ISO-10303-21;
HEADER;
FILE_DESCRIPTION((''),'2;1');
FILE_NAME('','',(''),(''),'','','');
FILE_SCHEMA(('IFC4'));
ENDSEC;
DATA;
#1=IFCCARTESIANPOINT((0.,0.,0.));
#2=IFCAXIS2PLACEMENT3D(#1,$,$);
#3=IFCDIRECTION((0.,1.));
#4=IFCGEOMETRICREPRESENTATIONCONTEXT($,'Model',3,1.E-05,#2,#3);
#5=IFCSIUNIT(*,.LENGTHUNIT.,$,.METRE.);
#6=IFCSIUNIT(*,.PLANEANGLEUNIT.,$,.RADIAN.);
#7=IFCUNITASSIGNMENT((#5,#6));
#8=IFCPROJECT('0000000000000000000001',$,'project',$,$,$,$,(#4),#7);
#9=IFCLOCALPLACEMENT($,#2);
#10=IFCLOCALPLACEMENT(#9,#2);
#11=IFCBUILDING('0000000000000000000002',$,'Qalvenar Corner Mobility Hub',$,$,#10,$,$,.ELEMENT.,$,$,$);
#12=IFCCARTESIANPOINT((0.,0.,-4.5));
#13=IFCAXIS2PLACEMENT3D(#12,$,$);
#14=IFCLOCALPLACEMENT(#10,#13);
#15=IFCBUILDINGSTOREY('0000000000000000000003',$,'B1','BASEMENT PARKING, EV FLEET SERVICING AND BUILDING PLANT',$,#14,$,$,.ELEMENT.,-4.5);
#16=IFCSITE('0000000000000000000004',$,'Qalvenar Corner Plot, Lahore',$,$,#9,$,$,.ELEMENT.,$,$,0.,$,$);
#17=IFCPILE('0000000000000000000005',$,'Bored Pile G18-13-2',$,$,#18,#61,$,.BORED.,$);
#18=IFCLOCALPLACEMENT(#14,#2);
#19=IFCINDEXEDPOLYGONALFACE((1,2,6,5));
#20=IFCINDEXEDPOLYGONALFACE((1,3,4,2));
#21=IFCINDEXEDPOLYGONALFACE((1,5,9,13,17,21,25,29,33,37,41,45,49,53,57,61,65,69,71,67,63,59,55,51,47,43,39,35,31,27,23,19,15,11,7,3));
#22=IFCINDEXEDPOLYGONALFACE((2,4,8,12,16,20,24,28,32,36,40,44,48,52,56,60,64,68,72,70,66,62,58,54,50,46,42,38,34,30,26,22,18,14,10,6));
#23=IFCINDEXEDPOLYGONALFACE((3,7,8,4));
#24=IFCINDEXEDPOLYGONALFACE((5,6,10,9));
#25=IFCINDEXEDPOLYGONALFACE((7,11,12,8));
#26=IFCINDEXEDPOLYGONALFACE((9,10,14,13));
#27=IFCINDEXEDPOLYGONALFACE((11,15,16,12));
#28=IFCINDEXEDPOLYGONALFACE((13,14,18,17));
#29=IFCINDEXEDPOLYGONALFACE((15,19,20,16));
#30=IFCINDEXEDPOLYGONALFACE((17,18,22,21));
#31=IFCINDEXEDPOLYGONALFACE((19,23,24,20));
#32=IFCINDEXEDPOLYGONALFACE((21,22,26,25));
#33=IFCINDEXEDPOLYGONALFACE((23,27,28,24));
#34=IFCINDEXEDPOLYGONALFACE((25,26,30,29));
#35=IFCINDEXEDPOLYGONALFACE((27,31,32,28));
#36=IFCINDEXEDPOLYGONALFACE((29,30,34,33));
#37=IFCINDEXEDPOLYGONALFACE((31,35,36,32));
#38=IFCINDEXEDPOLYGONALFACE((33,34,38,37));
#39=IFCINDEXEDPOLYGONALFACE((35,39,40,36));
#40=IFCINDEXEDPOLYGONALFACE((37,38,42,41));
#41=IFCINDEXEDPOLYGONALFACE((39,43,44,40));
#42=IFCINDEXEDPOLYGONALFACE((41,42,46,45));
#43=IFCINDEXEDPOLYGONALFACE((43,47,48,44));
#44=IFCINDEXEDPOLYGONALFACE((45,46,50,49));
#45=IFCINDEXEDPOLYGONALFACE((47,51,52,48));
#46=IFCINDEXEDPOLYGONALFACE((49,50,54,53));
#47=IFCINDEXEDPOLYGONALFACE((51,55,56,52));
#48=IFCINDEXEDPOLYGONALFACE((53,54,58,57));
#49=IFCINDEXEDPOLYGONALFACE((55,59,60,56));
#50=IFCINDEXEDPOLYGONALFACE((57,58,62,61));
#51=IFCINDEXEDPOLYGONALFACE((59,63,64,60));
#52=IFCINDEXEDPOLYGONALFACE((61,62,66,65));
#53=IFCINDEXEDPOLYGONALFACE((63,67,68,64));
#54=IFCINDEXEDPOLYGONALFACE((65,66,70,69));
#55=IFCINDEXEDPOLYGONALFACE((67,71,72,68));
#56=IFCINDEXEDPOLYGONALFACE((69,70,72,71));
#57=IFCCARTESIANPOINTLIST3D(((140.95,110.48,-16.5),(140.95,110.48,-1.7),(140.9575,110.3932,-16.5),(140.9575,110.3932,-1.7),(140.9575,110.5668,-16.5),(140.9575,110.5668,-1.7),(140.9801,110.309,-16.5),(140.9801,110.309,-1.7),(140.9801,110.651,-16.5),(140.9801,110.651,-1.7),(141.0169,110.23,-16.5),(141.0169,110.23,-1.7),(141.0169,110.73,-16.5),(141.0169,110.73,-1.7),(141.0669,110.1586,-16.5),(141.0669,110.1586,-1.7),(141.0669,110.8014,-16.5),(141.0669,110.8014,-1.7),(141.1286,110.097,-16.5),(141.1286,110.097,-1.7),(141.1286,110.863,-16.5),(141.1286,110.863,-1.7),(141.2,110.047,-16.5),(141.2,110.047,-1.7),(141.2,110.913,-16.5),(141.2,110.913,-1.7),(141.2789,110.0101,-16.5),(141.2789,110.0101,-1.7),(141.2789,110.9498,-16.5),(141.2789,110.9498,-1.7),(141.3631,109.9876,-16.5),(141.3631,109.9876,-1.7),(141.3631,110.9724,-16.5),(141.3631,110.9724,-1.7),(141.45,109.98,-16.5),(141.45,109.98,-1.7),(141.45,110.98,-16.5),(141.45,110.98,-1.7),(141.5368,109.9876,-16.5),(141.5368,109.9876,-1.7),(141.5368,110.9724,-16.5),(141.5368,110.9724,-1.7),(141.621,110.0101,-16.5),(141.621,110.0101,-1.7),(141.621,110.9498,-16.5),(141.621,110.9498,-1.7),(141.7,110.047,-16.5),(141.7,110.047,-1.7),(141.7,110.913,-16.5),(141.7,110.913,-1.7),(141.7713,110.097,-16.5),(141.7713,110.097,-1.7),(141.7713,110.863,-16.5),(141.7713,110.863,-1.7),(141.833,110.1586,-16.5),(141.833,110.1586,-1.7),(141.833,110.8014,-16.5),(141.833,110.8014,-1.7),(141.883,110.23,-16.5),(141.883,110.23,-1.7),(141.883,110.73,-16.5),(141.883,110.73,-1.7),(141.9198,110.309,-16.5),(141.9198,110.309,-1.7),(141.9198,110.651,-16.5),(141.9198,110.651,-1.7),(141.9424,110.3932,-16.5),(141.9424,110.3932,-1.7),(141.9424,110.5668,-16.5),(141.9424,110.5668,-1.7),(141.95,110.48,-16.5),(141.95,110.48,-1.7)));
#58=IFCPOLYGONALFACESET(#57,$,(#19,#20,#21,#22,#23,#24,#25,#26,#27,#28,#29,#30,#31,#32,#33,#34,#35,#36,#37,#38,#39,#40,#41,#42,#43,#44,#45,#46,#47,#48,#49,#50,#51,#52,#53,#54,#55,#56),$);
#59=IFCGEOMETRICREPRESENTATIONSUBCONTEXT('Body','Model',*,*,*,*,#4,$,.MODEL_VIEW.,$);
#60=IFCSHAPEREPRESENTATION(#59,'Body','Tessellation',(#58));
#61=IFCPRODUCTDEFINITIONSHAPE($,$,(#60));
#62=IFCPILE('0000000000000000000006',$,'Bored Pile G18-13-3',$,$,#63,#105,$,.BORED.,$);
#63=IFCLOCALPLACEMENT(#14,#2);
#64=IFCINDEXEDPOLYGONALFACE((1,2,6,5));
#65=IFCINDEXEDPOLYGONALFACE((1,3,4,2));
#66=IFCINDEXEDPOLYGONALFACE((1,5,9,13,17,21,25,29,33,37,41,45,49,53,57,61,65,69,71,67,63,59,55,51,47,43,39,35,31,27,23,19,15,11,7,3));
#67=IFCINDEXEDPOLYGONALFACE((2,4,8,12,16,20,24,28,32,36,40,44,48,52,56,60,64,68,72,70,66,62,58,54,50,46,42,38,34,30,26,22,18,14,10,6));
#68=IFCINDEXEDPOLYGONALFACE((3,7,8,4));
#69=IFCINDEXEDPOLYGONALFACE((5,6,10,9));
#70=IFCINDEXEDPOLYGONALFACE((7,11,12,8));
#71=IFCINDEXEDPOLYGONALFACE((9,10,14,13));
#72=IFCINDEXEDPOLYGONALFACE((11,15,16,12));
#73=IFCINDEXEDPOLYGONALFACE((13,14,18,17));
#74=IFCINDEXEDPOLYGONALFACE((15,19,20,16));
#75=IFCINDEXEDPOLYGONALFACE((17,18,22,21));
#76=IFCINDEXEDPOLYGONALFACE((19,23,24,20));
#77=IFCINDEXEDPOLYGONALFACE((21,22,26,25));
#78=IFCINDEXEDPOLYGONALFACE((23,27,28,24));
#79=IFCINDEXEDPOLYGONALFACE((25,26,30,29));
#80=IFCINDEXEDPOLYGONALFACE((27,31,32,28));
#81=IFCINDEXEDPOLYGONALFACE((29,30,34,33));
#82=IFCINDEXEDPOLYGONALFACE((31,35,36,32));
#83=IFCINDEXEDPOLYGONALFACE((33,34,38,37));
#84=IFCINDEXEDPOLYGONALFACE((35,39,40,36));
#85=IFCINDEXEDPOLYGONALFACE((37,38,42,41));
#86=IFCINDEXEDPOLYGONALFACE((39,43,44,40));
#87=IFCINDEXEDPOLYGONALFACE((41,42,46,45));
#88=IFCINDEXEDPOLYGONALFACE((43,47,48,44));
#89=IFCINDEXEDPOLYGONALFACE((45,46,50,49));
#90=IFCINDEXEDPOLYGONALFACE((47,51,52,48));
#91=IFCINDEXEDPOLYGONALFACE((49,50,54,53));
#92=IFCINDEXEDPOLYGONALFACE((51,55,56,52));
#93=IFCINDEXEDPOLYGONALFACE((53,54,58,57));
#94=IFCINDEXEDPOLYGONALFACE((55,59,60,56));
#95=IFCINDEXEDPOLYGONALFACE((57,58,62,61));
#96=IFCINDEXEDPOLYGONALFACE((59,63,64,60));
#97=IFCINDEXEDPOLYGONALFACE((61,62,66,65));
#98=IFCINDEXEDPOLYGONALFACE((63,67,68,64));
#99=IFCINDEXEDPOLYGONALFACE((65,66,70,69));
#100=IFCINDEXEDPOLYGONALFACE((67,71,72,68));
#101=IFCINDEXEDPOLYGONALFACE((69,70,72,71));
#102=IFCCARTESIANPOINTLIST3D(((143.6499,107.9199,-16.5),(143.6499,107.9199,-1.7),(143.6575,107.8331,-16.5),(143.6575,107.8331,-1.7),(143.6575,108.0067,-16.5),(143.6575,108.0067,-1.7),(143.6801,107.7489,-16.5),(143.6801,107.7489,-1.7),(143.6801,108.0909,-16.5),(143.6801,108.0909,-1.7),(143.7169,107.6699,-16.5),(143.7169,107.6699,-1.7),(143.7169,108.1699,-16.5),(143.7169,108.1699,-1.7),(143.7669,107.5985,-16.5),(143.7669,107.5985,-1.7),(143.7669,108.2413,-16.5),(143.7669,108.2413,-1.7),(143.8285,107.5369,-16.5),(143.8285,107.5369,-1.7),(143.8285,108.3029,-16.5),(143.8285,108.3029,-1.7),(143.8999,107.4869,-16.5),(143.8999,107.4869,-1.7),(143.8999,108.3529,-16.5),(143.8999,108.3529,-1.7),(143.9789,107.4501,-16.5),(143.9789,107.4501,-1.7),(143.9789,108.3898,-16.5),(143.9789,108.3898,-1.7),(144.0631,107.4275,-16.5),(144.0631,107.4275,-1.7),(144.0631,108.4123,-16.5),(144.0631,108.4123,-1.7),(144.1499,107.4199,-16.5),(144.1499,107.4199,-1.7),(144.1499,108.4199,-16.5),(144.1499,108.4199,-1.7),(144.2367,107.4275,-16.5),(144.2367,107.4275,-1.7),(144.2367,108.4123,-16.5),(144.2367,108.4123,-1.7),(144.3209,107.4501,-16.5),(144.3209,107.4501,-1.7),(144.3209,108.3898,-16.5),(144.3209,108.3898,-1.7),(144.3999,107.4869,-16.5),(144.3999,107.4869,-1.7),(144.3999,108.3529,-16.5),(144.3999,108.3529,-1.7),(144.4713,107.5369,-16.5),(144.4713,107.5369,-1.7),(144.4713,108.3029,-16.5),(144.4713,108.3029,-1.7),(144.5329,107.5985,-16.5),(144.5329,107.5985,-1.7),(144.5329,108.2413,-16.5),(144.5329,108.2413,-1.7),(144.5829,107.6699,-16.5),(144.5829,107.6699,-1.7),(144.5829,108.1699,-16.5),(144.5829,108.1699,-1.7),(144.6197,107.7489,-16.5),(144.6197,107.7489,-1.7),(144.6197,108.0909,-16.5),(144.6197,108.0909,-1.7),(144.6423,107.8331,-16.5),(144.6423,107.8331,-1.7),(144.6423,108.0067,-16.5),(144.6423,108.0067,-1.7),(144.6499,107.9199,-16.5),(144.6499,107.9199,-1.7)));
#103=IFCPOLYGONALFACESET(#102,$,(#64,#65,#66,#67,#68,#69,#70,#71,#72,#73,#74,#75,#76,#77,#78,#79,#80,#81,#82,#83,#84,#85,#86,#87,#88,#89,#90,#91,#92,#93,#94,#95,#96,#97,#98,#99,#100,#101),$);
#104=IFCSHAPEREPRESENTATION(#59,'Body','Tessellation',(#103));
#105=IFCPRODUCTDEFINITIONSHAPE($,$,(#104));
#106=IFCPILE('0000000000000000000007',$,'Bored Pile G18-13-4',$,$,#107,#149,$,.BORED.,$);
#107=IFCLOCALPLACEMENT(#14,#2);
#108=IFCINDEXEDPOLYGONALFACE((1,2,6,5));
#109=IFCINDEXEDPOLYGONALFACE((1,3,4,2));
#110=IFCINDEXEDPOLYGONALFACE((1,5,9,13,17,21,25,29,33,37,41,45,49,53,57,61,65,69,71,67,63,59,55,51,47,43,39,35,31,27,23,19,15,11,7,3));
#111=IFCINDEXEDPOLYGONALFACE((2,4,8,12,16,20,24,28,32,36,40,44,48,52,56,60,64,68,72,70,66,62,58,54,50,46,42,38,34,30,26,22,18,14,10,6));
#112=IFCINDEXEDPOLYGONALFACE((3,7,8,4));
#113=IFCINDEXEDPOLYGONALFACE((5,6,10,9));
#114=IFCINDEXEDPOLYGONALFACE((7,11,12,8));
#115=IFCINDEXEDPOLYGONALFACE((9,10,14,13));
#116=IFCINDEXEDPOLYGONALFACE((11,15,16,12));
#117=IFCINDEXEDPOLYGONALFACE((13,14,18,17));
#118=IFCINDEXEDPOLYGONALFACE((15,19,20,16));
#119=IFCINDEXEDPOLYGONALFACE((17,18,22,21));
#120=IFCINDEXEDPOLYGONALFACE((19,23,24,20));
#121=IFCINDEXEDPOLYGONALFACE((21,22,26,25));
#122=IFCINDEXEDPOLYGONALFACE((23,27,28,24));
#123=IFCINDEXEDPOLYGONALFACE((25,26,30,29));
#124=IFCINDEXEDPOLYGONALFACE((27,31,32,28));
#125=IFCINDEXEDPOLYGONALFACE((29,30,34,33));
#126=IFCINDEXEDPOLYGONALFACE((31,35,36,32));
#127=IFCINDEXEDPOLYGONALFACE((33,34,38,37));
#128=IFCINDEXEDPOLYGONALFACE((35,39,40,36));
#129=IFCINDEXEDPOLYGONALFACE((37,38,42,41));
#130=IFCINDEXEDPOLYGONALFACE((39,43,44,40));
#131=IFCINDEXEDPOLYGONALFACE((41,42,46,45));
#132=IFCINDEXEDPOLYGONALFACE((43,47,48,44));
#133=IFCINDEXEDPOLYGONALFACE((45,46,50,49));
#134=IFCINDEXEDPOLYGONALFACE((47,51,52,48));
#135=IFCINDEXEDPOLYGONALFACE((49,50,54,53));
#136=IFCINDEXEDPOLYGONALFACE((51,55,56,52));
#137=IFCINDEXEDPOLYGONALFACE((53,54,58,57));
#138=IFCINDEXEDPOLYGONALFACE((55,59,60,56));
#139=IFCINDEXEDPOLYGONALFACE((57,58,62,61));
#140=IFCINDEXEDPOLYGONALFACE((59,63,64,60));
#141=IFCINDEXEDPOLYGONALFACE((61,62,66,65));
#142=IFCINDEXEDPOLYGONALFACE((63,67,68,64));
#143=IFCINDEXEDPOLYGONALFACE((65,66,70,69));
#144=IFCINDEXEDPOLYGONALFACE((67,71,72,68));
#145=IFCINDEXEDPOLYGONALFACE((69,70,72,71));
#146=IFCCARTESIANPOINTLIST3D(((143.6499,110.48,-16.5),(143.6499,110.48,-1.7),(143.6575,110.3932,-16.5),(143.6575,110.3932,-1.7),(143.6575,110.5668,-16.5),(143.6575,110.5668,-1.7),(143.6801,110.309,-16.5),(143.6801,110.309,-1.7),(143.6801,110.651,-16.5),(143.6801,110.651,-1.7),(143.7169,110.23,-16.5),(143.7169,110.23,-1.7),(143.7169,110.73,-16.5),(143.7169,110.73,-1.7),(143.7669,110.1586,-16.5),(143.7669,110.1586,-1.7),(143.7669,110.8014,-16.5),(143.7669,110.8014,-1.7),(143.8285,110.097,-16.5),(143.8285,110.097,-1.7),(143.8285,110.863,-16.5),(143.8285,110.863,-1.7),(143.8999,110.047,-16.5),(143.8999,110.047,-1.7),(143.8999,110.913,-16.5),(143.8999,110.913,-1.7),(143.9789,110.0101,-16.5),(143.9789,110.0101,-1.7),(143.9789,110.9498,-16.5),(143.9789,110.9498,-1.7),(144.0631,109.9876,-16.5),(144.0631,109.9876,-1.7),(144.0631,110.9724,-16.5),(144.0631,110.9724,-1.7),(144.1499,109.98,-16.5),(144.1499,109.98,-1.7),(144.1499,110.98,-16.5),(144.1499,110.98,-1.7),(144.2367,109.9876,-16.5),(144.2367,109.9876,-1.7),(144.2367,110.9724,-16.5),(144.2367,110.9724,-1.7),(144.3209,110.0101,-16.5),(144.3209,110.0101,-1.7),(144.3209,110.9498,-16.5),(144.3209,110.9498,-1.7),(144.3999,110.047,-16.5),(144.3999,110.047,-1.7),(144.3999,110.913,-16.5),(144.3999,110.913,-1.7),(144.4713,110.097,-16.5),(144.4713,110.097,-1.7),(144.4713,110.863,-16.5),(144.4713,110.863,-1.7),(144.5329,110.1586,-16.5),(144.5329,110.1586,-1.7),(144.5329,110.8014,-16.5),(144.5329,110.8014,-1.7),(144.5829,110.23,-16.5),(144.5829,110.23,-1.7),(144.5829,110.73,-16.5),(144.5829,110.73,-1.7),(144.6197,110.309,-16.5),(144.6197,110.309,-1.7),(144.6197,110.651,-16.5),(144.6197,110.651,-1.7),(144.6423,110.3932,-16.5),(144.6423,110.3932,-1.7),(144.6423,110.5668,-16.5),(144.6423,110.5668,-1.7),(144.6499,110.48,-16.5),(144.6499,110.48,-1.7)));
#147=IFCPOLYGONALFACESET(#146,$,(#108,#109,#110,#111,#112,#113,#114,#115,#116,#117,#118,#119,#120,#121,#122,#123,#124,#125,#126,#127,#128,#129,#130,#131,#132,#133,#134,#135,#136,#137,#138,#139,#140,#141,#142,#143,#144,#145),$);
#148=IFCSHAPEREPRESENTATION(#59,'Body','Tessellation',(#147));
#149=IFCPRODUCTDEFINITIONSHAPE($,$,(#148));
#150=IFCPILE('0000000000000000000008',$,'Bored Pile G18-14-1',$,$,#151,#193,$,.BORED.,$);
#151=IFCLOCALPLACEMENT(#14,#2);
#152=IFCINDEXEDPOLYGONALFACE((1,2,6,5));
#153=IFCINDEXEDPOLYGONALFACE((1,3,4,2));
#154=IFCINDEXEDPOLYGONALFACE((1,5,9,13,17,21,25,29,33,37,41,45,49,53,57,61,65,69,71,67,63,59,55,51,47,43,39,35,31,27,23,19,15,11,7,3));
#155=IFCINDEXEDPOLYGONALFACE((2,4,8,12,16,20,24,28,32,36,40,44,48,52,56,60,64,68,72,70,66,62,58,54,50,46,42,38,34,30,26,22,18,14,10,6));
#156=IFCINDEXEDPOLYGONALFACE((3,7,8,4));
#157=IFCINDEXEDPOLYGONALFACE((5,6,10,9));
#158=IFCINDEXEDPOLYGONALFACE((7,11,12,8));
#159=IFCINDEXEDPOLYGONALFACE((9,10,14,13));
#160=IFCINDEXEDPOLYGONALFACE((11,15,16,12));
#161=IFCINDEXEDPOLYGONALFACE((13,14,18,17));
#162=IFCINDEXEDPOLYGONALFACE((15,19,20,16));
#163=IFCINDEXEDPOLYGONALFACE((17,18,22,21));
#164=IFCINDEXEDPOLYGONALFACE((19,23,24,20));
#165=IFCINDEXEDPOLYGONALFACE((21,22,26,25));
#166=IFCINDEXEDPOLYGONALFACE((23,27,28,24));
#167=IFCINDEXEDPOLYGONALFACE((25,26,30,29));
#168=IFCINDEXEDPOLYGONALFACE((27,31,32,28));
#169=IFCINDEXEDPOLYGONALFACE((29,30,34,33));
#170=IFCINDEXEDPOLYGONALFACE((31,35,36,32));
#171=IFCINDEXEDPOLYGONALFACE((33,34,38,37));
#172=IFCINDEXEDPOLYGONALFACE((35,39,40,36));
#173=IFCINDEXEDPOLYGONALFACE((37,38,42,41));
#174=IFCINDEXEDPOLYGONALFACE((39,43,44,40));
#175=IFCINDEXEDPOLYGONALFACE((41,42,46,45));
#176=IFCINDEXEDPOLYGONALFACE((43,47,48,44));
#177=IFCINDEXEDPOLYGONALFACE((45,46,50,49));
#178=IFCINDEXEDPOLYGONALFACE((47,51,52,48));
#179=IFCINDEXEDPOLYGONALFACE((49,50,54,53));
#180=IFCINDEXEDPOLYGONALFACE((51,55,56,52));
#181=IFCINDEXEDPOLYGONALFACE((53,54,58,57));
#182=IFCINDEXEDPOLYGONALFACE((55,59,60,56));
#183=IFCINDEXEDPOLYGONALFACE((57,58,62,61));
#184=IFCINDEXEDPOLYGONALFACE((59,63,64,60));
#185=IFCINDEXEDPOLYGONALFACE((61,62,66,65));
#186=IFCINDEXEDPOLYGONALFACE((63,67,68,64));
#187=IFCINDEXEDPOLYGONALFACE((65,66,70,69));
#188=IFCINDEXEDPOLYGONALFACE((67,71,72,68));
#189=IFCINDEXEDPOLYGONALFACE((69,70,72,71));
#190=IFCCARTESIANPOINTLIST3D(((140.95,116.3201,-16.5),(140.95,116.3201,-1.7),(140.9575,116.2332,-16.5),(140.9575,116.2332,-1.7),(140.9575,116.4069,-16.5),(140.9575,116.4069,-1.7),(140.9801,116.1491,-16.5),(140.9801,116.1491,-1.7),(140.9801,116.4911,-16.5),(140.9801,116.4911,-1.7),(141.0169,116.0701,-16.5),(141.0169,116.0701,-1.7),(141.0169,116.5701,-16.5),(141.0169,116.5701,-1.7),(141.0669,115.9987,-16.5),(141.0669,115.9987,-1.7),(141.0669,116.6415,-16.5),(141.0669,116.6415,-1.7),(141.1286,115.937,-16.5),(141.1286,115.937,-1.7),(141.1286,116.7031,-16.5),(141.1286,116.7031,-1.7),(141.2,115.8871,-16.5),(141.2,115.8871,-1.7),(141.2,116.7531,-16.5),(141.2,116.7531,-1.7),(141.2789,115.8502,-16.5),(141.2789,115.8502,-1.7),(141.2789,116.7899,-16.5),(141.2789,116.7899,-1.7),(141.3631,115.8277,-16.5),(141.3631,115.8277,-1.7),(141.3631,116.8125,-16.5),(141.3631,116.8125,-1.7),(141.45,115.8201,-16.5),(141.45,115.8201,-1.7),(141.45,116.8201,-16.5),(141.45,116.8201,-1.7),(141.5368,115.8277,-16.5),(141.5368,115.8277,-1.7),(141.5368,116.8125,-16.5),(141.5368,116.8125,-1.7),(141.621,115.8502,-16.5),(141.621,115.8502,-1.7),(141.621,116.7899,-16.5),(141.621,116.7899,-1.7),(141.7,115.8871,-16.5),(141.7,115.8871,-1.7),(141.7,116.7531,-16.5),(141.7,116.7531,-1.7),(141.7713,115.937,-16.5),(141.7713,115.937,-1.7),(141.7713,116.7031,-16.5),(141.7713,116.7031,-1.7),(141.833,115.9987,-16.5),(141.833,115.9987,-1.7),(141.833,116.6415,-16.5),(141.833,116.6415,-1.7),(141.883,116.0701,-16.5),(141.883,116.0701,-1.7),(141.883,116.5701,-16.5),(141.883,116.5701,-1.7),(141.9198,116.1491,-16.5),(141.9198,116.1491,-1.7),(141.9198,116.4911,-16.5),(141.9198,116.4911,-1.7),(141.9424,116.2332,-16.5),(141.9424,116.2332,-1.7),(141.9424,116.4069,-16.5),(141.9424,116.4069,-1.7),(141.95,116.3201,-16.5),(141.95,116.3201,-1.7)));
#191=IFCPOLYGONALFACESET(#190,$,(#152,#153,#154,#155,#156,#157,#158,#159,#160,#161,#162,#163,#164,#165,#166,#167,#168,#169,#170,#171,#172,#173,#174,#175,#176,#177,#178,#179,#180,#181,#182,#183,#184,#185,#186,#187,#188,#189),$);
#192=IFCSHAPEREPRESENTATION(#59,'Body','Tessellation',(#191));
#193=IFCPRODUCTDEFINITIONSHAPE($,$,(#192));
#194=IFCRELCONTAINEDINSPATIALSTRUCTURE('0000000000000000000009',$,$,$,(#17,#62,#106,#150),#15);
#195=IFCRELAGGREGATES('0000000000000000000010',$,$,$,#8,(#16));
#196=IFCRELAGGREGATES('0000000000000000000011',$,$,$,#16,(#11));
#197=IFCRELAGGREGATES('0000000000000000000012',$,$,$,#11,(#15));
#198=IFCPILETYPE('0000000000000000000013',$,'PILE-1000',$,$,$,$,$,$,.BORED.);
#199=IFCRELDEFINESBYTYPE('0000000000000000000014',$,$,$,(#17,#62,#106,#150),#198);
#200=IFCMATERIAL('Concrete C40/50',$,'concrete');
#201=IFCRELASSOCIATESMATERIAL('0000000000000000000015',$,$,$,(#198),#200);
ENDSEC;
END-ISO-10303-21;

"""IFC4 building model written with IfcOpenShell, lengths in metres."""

from ifc_helpers import new_model, si_unit, direction, frame, origin, origin_2d, place, context, subcontext, project, spatial, circle, extrude, material, material_profile, profile_set, type_object, element, save


model = new_model("IFC4")

# Units and contexts
model_context = context("Model", 3, precision=1e-05, world=origin(), true_north=direction((0.0, 1.0)))
body_context = subcontext(model_context, "Body", "Model", "MODEL_VIEW")
ifc_project = project(units=[si_unit("LENGTHUNIT", "METRE"), si_unit("PLANEANGLEUNIT", "RADIAN")], contexts=[model_context])

# Site, building, storey
site_placement = place(None, origin())
site = spatial("IfcSite", under=ifc_project, at=site_placement, Name="Qalvenar Corner Plot, Lahore", CompositionType="ELEMENT", RefElevation=0.0)
building_placement = place(site_placement, origin())
building = spatial("IfcBuilding", under=site, at=building_placement, Name="Qalvenar Corner Mobility Hub", CompositionType="ELEMENT")
storey_placement = place(building_placement, frame((0.0, 0.0, -4.5)))
storey = spatial("IfcBuildingStorey", under=building, at=storey_placement, Name="B1", Description="BASEMENT PARKING, EV FLEET SERVICING AND BUILDING PLANT", CompositionType="ELEMENT", Elevation=-4.5)

# Shared definitions
ifc_material_1 = material(Name="Concrete C40/50", Category="concrete")

# Piles
ifc_material_profile_1 = material_profile(ifc_material_1, circle(Radius=0.5, at=origin_2d()), Name="DIA1000")
ifc_profile_set_1 = profile_set([ifc_material_profile_1], Name="Concrete C40/50")
pile_type = type_object("IfcPileType", Name="PILE-1000", PredefinedType="BORED", material=ifc_profile_set_1)
for number, where, z_axis, x_axis, name in (
    (1, (141.45, 110.48, -1.7), (0.0, 0.0, -1.0), (1.0, 0.0, 0.0), "Bored Pile G18-13-2"),
    (2, (144.1499, 107.9199, -1.7), (0.0, 0.0, -1.0), (1.0, 0.0, 0.0), "Bored Pile G18-13-3"),
    (3, (144.1499, 110.48, -1.7), (0.0, 0.0, -1.0), (1.0, 0.0, 0.0), "Bored Pile G18-13-4"),
    (4, (141.45, 116.3201, -1.7), (0.0, 0.0, -1.0), (1.0, 0.0, 0.0), "Bored Pile G18-14-1"),
):
    element("IfcPile", number, at=place(storey_placement, frame(where, z_axis=z_axis, x_axis=x_axis)), inside=storey, type_object=pile_type, Name=name, PredefinedType="BORED", context=body_context, shape_type="SweptSolid", body=[
        extrude(circle(Radius=0.5, at=origin_2d()), origin(), (0.0, 0.0, 1.0), 14.8),
    ])

save(model, "model.ifc")
